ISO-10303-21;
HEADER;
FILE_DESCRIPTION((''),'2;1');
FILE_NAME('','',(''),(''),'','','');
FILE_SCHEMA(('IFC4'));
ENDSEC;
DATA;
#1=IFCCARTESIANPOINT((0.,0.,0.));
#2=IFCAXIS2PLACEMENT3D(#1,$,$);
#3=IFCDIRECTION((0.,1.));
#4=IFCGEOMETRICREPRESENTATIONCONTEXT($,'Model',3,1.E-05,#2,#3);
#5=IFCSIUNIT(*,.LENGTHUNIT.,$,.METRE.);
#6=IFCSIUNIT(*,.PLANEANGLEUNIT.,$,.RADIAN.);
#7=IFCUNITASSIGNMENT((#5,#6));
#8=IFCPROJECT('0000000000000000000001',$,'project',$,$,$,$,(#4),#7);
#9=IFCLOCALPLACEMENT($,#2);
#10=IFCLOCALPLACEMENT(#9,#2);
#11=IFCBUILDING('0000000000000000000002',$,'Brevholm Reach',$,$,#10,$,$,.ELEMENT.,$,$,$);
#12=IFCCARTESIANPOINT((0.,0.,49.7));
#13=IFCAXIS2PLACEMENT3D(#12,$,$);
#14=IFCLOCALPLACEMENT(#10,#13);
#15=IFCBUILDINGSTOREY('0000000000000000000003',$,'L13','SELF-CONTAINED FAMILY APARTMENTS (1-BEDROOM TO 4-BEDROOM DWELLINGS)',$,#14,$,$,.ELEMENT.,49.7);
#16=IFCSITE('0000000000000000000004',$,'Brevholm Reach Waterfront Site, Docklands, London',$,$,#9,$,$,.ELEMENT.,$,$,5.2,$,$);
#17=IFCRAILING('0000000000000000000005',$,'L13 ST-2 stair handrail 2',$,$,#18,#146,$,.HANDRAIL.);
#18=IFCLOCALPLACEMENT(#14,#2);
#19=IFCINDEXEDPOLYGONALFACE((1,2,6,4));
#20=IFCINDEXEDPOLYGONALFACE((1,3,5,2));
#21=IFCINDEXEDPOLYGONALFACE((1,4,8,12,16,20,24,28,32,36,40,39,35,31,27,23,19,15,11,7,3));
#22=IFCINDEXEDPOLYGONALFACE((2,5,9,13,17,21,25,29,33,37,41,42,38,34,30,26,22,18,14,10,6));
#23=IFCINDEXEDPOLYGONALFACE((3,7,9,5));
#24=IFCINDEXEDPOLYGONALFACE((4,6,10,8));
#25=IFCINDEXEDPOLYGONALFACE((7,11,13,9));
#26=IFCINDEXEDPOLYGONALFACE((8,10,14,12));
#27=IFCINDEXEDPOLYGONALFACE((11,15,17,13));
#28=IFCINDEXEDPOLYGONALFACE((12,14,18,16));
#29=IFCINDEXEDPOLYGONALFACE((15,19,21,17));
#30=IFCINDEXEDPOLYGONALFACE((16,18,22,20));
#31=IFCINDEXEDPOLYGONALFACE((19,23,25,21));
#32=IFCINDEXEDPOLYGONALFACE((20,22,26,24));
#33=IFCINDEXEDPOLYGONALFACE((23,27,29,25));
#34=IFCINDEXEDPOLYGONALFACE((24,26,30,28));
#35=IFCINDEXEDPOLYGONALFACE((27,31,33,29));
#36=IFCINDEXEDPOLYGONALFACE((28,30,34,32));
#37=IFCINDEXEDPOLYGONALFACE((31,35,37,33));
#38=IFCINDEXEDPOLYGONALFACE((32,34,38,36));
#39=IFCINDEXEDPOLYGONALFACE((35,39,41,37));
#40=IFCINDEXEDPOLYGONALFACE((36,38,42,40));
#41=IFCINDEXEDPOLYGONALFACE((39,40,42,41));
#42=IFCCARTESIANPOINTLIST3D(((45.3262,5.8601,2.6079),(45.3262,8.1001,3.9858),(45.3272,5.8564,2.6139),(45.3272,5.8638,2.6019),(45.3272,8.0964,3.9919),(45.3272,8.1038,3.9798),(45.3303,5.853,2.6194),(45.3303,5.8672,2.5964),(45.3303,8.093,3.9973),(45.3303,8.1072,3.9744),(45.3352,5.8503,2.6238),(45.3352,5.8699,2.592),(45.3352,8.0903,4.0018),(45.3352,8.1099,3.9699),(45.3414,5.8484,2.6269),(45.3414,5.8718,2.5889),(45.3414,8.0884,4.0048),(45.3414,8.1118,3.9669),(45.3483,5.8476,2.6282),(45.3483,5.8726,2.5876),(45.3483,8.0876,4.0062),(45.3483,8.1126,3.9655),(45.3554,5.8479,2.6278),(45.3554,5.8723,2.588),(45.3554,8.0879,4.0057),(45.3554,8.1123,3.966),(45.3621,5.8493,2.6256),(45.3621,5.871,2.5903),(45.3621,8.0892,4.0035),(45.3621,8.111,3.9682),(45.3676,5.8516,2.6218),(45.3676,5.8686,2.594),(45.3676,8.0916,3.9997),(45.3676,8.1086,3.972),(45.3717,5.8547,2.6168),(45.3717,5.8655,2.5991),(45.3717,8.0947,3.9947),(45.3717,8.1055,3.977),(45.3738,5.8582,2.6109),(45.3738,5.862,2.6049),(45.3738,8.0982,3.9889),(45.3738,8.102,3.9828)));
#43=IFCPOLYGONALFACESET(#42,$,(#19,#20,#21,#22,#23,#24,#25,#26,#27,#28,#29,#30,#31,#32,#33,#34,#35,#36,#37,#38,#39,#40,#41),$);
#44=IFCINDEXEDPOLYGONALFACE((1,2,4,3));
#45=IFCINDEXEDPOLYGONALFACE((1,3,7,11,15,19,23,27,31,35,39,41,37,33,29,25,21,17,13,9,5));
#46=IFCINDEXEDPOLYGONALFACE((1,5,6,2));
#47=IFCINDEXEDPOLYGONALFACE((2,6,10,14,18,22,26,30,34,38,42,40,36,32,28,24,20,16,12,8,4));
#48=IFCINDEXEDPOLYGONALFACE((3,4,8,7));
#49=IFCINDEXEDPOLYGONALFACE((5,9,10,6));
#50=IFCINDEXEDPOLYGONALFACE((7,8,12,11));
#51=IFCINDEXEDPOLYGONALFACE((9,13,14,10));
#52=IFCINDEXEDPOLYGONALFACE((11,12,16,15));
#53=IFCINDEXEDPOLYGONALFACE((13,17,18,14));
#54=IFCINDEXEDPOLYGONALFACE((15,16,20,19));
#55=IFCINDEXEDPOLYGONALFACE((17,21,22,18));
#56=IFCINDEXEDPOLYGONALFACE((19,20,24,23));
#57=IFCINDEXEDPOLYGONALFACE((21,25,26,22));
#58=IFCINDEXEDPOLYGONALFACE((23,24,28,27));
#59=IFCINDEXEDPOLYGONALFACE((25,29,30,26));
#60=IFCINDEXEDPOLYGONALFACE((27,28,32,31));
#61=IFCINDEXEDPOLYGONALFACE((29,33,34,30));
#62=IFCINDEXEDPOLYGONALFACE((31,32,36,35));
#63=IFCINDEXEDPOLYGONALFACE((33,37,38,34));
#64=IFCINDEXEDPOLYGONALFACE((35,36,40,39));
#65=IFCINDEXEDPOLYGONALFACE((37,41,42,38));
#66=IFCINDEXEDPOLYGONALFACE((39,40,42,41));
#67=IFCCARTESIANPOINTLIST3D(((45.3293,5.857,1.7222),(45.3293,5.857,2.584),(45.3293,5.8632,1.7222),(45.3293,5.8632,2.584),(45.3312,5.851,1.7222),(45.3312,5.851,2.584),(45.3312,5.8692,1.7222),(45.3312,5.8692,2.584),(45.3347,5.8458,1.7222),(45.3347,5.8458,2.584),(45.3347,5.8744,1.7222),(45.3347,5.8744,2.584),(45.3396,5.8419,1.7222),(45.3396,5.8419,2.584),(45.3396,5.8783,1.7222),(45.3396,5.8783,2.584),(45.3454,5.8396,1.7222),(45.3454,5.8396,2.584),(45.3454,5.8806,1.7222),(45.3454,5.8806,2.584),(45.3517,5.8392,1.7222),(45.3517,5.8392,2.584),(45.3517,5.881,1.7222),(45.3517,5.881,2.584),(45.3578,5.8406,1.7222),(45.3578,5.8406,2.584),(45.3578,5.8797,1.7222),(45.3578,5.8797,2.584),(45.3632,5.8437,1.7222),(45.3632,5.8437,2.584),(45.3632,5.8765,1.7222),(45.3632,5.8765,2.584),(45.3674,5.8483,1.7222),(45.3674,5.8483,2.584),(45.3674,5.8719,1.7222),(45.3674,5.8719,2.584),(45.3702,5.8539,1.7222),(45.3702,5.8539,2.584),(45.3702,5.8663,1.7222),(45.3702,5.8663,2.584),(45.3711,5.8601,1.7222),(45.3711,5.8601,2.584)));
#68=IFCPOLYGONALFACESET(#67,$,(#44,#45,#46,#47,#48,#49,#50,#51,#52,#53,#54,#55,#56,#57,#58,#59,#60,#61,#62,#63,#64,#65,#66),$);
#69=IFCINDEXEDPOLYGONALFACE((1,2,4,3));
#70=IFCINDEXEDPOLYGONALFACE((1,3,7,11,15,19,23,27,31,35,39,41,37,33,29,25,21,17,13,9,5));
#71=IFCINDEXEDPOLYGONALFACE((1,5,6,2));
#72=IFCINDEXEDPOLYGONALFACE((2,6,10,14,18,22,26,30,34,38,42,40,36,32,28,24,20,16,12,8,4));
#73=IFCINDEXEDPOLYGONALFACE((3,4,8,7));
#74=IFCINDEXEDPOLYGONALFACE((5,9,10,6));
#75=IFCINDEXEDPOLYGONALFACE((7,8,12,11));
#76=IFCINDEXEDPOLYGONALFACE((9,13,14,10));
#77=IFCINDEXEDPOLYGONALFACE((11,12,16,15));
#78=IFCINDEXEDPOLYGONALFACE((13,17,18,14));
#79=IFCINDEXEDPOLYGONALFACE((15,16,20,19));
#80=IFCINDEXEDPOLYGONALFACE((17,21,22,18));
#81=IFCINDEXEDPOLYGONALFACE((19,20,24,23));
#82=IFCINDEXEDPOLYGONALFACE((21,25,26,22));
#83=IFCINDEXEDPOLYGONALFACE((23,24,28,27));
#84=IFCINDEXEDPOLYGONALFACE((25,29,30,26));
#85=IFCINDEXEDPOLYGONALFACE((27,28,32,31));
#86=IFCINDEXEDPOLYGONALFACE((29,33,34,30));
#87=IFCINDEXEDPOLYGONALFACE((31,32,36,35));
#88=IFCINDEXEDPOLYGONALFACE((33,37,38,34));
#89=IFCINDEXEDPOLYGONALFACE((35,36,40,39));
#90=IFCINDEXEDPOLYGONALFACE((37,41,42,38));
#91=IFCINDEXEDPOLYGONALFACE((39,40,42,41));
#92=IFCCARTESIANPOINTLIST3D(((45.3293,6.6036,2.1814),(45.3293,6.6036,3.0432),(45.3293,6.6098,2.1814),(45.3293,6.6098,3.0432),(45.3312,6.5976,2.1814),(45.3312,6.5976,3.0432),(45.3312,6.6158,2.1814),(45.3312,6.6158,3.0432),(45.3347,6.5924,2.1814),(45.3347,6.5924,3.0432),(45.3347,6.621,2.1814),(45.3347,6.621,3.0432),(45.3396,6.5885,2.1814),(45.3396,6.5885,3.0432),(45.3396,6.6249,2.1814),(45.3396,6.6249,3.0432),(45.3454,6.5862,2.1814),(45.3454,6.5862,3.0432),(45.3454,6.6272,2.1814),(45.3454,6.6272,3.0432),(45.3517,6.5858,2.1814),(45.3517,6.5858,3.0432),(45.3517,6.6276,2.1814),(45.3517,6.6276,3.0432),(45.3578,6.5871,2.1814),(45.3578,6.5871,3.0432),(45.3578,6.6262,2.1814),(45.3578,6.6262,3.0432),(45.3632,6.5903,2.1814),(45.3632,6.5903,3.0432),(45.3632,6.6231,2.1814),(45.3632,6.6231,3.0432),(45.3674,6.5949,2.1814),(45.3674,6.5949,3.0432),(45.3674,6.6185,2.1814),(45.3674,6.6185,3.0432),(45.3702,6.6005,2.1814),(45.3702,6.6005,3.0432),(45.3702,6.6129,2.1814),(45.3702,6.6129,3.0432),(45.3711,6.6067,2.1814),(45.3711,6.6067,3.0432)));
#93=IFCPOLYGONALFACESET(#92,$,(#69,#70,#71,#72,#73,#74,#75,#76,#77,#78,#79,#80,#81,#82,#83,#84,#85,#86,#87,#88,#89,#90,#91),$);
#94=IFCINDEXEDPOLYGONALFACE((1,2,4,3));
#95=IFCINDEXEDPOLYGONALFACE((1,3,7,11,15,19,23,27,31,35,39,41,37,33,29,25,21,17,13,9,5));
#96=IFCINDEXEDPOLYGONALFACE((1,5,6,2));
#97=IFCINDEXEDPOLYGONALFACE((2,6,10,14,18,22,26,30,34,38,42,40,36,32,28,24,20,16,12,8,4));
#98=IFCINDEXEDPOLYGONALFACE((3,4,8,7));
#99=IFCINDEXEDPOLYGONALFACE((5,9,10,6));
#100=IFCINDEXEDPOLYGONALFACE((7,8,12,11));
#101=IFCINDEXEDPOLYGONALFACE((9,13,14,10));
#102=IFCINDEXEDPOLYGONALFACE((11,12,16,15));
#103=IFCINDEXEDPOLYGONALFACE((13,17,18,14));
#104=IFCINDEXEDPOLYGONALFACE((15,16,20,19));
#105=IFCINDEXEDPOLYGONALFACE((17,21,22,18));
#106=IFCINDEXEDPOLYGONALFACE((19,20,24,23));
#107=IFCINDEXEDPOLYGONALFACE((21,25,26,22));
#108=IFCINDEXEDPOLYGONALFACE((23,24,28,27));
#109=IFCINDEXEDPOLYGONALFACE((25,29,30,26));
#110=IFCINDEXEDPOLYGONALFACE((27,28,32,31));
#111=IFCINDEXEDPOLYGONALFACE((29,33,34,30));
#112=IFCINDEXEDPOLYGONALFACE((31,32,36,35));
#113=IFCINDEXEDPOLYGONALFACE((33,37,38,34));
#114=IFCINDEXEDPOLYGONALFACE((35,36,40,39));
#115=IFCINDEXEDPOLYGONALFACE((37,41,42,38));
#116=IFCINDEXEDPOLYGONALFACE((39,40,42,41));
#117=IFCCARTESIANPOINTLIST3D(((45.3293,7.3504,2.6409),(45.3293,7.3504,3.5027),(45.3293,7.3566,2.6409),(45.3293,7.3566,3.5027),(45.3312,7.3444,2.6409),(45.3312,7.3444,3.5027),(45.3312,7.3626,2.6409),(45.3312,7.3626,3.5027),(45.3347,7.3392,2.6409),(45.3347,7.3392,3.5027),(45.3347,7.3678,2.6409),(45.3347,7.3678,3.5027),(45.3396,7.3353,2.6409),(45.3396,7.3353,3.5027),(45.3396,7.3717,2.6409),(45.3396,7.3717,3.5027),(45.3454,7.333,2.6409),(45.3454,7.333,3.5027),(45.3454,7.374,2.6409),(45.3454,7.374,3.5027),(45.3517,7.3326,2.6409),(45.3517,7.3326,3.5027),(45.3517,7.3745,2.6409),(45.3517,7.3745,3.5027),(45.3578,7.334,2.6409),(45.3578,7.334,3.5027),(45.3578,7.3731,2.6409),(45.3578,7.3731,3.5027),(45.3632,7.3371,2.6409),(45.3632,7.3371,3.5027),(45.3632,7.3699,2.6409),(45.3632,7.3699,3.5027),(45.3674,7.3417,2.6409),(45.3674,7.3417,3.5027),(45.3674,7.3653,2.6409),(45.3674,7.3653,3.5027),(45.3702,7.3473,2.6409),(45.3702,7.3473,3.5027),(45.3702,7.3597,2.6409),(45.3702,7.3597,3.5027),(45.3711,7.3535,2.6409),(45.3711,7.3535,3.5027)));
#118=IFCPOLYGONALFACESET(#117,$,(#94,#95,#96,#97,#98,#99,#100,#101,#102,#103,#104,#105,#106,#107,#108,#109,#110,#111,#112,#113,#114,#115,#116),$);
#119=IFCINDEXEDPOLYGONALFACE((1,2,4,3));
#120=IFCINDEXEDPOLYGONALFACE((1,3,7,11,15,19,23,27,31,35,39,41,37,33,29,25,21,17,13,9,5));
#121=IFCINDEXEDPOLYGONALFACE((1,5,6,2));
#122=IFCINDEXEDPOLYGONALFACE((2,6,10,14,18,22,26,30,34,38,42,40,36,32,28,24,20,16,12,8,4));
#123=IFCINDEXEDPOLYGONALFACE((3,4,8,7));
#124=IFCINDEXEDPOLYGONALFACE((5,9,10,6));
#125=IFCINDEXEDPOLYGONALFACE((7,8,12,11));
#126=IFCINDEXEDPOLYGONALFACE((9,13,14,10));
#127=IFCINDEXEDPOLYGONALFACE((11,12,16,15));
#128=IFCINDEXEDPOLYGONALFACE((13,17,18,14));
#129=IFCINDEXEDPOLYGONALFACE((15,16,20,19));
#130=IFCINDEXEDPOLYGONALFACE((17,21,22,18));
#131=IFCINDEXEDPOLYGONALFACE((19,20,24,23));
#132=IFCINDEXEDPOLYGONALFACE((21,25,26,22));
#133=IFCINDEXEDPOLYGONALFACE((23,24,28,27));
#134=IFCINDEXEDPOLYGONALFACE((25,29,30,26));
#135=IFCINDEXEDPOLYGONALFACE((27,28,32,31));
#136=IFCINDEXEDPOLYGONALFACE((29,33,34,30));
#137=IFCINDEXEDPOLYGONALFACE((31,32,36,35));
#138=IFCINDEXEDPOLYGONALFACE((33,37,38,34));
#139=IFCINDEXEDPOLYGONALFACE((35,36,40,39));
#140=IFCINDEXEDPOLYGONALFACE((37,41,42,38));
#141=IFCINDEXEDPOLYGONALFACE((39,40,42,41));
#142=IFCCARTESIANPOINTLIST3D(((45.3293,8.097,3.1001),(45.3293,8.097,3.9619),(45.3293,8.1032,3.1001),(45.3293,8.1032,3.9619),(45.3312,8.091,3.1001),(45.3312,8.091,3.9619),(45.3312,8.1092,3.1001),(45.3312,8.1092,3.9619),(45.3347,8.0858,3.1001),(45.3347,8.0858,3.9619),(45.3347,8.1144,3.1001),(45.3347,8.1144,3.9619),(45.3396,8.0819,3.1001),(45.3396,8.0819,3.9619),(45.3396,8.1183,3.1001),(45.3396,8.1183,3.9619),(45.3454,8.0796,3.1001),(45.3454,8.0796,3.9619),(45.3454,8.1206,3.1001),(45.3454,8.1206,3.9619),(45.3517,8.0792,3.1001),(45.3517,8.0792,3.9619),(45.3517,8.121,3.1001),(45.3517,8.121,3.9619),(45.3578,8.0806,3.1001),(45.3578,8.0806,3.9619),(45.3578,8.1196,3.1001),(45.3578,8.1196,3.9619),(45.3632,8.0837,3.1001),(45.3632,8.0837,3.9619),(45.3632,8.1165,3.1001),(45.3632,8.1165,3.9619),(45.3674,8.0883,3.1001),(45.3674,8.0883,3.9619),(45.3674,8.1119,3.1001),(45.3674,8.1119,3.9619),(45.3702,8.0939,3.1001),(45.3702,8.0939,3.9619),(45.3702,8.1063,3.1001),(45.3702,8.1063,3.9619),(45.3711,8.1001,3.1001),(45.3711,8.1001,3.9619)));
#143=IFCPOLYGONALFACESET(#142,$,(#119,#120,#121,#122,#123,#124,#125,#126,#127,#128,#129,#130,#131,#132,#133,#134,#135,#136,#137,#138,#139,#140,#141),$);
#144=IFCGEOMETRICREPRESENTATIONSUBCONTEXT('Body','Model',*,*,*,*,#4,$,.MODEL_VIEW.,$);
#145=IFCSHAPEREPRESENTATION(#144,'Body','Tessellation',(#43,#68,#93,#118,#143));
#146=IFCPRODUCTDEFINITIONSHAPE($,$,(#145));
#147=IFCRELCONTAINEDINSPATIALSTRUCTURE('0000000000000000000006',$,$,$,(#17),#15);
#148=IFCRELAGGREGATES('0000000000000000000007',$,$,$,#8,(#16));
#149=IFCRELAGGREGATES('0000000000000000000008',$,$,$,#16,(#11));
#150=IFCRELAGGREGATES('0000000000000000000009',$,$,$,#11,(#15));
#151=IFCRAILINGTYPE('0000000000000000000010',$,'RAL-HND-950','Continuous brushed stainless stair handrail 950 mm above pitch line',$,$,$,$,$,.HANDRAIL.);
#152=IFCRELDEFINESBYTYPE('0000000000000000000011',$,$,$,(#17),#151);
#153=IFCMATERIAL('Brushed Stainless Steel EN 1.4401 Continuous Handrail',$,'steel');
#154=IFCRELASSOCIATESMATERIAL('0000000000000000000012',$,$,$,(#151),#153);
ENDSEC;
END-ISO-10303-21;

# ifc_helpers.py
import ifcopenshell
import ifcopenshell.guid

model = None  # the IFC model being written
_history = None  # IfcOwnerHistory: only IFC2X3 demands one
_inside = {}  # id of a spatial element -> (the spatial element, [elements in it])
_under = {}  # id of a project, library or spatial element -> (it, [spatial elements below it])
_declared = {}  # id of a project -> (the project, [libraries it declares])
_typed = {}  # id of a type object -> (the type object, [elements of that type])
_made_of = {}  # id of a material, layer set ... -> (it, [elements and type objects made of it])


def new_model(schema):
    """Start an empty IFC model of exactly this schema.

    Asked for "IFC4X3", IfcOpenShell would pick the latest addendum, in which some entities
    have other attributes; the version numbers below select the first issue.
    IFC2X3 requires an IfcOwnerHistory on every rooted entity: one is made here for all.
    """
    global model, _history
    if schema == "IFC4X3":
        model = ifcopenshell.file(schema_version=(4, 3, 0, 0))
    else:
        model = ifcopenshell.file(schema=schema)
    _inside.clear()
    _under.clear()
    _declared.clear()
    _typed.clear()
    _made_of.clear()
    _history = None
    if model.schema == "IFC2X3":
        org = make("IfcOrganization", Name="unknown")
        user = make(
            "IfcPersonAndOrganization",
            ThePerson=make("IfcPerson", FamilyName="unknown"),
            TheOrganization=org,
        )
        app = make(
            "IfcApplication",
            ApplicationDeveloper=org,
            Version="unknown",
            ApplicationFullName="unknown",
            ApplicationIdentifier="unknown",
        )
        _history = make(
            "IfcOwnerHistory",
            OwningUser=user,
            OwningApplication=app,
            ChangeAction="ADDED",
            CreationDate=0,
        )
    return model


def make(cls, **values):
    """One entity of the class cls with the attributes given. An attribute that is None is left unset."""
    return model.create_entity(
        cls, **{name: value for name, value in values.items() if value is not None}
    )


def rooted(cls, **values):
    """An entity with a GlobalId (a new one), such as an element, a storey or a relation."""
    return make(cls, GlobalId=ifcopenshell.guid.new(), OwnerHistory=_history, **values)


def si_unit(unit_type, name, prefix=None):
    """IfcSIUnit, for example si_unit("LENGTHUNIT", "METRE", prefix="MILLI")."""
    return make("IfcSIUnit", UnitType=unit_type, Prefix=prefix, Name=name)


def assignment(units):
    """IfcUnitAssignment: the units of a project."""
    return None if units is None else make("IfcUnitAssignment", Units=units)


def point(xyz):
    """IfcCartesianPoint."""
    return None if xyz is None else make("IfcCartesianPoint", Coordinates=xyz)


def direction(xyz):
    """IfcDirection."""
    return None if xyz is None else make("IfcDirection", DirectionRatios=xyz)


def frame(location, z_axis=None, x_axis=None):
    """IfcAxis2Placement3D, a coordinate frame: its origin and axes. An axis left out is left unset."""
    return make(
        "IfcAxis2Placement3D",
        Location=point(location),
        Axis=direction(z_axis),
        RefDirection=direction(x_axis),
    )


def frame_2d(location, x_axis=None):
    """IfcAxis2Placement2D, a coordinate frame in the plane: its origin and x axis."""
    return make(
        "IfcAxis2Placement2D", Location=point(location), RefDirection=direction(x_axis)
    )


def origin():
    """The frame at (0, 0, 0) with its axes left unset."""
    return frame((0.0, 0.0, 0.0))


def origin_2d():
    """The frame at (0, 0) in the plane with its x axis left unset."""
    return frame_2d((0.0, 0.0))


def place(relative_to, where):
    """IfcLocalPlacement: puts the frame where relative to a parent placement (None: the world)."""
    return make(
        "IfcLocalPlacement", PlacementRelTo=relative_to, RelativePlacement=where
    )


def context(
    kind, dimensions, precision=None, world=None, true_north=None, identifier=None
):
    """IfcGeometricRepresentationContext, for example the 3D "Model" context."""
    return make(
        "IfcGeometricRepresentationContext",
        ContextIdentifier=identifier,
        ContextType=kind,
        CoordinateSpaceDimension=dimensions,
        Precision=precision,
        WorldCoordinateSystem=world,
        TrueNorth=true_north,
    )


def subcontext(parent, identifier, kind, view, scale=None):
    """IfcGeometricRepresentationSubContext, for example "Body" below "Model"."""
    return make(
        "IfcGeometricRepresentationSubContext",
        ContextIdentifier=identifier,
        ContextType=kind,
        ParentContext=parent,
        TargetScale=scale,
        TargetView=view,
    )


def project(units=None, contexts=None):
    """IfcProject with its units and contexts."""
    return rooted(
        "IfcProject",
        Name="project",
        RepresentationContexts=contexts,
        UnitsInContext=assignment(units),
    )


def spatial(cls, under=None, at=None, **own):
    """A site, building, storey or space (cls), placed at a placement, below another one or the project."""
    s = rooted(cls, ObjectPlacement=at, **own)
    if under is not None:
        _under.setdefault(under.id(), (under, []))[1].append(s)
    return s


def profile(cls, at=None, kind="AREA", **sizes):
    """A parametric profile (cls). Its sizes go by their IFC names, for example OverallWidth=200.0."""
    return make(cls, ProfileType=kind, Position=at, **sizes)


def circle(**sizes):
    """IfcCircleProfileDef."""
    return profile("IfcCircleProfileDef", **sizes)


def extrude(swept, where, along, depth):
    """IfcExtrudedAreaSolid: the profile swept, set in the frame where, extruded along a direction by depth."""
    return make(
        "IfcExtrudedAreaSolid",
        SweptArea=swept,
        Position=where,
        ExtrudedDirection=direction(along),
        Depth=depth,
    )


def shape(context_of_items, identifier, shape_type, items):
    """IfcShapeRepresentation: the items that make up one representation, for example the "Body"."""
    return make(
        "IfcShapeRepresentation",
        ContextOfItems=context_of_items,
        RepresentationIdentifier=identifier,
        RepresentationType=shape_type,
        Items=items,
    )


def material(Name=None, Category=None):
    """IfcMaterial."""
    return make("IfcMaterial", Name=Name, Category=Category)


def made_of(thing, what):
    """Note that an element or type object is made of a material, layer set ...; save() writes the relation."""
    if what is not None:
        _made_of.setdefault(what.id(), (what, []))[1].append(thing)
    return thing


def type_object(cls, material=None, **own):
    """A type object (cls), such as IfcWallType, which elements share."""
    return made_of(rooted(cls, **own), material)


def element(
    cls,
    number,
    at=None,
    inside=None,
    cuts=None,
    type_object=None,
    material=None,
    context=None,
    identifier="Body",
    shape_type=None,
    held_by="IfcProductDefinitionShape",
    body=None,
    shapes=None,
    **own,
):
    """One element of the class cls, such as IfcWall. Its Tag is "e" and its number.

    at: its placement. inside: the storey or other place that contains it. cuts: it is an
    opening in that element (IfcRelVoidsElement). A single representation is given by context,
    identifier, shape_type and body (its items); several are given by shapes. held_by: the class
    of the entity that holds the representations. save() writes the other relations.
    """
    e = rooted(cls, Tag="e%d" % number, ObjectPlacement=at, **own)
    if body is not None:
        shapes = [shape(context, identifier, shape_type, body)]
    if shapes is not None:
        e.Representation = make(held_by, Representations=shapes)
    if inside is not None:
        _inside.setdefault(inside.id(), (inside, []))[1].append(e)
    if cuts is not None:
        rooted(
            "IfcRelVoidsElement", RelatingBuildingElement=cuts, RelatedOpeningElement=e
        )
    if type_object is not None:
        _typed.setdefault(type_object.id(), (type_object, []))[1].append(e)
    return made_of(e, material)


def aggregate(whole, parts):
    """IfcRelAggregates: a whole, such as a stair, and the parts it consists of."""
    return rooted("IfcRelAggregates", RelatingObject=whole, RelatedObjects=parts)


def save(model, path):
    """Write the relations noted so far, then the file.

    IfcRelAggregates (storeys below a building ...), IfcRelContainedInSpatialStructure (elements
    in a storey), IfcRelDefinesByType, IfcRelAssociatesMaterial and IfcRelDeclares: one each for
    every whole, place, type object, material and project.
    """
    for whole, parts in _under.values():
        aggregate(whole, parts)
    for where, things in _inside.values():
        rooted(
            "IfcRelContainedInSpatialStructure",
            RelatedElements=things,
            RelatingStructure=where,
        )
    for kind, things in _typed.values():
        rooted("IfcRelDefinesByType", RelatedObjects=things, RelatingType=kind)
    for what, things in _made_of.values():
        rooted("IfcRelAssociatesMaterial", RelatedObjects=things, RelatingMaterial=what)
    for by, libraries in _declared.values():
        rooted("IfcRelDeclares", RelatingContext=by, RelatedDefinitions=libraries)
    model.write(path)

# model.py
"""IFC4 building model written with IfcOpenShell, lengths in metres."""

from ifc_helpers import new_model, si_unit, direction, frame, origin, origin_2d, place, context, subcontext, project, spatial, circle, extrude, material, type_object, element, save


model = new_model("IFC4")

# Units and contexts
model_context = context("Model", 3, precision=1e-05, world=origin(), true_north=direction((0.0, 1.0)))
body_context = subcontext(model_context, "Body", "Model", "MODEL_VIEW")
ifc_project = project(units=[si_unit("LENGTHUNIT", "METRE"), si_unit("PLANEANGLEUNIT", "RADIAN")], contexts=[model_context])

# Site, building, storey
site_placement = place(None, origin())
site = spatial("IfcSite", under=ifc_project, at=site_placement, Name="Brevholm Reach Waterfront Site, Docklands, London", CompositionType="ELEMENT", RefElevation=5.2)
building_placement = place(site_placement, origin())
building = spatial("IfcBuilding", under=site, at=building_placement, Name="Brevholm Reach", CompositionType="ELEMENT")
storey_placement = place(building_placement, frame((0.0, 0.0, 49.7)))
storey = spatial("IfcBuildingStorey", under=building, at=storey_placement, Name="L13", Description="SELF-CONTAINED FAMILY APARTMENTS (1-BEDROOM TO 4-BEDROOM DWELLINGS)", CompositionType="ELEMENT", Elevation=49.7)

# Railing
ifc_material_1 = material(Name="Brushed Stainless Steel EN 1.4401 Continuous Handrail", Category="steel")
railing_type_1 = type_object("IfcRailingType", Name="RAL-HND-950", Description="Continuous brushed stainless stair handrail 950 mm above pitch line", PredefinedType="HANDRAIL", material=ifc_material_1)
railing_1_placement = place(storey_placement, frame((45.3501, 5.8601, 1.7222)))
element("IfcRailing", 1, at=railing_1_placement, inside=storey, type_object=railing_type_1, Name="L13 ST-2 stair handrail 2", PredefinedType="HANDRAIL", context=body_context, shape_type="SweptSolid", body=[
    extrude(circle(Radius=0.0239, at=origin_2d()), frame((0.0, 0.0, 0.8857), z_axis=(0.0, 0.851748, 0.523952), x_axis=(-1.0, 0.0, 0.0)), (0.0, 0.0, 1.0), 2.6299),
    extrude(circle(Radius=0.021, at=origin_2d()), origin(), (0.0, 0.0, 1.0), 0.8618),
    extrude(circle(Radius=0.021, at=origin_2d()), frame((0.0, 0.7466, 0.4592)), (0.0, 0.0, 1.0), 0.8618),
    extrude(circle(Radius=0.021, at=origin_2d()), frame((0.0, 1.4934, 0.9187)), (0.0, 0.0, 1.0), 0.8618),
    extrude(circle(Radius=0.021, at=origin_2d()), frame((0.0, 2.24, 1.3779)), (0.0, 0.0, 1.0), 0.8618),
])

save(model, "model.ifc")
